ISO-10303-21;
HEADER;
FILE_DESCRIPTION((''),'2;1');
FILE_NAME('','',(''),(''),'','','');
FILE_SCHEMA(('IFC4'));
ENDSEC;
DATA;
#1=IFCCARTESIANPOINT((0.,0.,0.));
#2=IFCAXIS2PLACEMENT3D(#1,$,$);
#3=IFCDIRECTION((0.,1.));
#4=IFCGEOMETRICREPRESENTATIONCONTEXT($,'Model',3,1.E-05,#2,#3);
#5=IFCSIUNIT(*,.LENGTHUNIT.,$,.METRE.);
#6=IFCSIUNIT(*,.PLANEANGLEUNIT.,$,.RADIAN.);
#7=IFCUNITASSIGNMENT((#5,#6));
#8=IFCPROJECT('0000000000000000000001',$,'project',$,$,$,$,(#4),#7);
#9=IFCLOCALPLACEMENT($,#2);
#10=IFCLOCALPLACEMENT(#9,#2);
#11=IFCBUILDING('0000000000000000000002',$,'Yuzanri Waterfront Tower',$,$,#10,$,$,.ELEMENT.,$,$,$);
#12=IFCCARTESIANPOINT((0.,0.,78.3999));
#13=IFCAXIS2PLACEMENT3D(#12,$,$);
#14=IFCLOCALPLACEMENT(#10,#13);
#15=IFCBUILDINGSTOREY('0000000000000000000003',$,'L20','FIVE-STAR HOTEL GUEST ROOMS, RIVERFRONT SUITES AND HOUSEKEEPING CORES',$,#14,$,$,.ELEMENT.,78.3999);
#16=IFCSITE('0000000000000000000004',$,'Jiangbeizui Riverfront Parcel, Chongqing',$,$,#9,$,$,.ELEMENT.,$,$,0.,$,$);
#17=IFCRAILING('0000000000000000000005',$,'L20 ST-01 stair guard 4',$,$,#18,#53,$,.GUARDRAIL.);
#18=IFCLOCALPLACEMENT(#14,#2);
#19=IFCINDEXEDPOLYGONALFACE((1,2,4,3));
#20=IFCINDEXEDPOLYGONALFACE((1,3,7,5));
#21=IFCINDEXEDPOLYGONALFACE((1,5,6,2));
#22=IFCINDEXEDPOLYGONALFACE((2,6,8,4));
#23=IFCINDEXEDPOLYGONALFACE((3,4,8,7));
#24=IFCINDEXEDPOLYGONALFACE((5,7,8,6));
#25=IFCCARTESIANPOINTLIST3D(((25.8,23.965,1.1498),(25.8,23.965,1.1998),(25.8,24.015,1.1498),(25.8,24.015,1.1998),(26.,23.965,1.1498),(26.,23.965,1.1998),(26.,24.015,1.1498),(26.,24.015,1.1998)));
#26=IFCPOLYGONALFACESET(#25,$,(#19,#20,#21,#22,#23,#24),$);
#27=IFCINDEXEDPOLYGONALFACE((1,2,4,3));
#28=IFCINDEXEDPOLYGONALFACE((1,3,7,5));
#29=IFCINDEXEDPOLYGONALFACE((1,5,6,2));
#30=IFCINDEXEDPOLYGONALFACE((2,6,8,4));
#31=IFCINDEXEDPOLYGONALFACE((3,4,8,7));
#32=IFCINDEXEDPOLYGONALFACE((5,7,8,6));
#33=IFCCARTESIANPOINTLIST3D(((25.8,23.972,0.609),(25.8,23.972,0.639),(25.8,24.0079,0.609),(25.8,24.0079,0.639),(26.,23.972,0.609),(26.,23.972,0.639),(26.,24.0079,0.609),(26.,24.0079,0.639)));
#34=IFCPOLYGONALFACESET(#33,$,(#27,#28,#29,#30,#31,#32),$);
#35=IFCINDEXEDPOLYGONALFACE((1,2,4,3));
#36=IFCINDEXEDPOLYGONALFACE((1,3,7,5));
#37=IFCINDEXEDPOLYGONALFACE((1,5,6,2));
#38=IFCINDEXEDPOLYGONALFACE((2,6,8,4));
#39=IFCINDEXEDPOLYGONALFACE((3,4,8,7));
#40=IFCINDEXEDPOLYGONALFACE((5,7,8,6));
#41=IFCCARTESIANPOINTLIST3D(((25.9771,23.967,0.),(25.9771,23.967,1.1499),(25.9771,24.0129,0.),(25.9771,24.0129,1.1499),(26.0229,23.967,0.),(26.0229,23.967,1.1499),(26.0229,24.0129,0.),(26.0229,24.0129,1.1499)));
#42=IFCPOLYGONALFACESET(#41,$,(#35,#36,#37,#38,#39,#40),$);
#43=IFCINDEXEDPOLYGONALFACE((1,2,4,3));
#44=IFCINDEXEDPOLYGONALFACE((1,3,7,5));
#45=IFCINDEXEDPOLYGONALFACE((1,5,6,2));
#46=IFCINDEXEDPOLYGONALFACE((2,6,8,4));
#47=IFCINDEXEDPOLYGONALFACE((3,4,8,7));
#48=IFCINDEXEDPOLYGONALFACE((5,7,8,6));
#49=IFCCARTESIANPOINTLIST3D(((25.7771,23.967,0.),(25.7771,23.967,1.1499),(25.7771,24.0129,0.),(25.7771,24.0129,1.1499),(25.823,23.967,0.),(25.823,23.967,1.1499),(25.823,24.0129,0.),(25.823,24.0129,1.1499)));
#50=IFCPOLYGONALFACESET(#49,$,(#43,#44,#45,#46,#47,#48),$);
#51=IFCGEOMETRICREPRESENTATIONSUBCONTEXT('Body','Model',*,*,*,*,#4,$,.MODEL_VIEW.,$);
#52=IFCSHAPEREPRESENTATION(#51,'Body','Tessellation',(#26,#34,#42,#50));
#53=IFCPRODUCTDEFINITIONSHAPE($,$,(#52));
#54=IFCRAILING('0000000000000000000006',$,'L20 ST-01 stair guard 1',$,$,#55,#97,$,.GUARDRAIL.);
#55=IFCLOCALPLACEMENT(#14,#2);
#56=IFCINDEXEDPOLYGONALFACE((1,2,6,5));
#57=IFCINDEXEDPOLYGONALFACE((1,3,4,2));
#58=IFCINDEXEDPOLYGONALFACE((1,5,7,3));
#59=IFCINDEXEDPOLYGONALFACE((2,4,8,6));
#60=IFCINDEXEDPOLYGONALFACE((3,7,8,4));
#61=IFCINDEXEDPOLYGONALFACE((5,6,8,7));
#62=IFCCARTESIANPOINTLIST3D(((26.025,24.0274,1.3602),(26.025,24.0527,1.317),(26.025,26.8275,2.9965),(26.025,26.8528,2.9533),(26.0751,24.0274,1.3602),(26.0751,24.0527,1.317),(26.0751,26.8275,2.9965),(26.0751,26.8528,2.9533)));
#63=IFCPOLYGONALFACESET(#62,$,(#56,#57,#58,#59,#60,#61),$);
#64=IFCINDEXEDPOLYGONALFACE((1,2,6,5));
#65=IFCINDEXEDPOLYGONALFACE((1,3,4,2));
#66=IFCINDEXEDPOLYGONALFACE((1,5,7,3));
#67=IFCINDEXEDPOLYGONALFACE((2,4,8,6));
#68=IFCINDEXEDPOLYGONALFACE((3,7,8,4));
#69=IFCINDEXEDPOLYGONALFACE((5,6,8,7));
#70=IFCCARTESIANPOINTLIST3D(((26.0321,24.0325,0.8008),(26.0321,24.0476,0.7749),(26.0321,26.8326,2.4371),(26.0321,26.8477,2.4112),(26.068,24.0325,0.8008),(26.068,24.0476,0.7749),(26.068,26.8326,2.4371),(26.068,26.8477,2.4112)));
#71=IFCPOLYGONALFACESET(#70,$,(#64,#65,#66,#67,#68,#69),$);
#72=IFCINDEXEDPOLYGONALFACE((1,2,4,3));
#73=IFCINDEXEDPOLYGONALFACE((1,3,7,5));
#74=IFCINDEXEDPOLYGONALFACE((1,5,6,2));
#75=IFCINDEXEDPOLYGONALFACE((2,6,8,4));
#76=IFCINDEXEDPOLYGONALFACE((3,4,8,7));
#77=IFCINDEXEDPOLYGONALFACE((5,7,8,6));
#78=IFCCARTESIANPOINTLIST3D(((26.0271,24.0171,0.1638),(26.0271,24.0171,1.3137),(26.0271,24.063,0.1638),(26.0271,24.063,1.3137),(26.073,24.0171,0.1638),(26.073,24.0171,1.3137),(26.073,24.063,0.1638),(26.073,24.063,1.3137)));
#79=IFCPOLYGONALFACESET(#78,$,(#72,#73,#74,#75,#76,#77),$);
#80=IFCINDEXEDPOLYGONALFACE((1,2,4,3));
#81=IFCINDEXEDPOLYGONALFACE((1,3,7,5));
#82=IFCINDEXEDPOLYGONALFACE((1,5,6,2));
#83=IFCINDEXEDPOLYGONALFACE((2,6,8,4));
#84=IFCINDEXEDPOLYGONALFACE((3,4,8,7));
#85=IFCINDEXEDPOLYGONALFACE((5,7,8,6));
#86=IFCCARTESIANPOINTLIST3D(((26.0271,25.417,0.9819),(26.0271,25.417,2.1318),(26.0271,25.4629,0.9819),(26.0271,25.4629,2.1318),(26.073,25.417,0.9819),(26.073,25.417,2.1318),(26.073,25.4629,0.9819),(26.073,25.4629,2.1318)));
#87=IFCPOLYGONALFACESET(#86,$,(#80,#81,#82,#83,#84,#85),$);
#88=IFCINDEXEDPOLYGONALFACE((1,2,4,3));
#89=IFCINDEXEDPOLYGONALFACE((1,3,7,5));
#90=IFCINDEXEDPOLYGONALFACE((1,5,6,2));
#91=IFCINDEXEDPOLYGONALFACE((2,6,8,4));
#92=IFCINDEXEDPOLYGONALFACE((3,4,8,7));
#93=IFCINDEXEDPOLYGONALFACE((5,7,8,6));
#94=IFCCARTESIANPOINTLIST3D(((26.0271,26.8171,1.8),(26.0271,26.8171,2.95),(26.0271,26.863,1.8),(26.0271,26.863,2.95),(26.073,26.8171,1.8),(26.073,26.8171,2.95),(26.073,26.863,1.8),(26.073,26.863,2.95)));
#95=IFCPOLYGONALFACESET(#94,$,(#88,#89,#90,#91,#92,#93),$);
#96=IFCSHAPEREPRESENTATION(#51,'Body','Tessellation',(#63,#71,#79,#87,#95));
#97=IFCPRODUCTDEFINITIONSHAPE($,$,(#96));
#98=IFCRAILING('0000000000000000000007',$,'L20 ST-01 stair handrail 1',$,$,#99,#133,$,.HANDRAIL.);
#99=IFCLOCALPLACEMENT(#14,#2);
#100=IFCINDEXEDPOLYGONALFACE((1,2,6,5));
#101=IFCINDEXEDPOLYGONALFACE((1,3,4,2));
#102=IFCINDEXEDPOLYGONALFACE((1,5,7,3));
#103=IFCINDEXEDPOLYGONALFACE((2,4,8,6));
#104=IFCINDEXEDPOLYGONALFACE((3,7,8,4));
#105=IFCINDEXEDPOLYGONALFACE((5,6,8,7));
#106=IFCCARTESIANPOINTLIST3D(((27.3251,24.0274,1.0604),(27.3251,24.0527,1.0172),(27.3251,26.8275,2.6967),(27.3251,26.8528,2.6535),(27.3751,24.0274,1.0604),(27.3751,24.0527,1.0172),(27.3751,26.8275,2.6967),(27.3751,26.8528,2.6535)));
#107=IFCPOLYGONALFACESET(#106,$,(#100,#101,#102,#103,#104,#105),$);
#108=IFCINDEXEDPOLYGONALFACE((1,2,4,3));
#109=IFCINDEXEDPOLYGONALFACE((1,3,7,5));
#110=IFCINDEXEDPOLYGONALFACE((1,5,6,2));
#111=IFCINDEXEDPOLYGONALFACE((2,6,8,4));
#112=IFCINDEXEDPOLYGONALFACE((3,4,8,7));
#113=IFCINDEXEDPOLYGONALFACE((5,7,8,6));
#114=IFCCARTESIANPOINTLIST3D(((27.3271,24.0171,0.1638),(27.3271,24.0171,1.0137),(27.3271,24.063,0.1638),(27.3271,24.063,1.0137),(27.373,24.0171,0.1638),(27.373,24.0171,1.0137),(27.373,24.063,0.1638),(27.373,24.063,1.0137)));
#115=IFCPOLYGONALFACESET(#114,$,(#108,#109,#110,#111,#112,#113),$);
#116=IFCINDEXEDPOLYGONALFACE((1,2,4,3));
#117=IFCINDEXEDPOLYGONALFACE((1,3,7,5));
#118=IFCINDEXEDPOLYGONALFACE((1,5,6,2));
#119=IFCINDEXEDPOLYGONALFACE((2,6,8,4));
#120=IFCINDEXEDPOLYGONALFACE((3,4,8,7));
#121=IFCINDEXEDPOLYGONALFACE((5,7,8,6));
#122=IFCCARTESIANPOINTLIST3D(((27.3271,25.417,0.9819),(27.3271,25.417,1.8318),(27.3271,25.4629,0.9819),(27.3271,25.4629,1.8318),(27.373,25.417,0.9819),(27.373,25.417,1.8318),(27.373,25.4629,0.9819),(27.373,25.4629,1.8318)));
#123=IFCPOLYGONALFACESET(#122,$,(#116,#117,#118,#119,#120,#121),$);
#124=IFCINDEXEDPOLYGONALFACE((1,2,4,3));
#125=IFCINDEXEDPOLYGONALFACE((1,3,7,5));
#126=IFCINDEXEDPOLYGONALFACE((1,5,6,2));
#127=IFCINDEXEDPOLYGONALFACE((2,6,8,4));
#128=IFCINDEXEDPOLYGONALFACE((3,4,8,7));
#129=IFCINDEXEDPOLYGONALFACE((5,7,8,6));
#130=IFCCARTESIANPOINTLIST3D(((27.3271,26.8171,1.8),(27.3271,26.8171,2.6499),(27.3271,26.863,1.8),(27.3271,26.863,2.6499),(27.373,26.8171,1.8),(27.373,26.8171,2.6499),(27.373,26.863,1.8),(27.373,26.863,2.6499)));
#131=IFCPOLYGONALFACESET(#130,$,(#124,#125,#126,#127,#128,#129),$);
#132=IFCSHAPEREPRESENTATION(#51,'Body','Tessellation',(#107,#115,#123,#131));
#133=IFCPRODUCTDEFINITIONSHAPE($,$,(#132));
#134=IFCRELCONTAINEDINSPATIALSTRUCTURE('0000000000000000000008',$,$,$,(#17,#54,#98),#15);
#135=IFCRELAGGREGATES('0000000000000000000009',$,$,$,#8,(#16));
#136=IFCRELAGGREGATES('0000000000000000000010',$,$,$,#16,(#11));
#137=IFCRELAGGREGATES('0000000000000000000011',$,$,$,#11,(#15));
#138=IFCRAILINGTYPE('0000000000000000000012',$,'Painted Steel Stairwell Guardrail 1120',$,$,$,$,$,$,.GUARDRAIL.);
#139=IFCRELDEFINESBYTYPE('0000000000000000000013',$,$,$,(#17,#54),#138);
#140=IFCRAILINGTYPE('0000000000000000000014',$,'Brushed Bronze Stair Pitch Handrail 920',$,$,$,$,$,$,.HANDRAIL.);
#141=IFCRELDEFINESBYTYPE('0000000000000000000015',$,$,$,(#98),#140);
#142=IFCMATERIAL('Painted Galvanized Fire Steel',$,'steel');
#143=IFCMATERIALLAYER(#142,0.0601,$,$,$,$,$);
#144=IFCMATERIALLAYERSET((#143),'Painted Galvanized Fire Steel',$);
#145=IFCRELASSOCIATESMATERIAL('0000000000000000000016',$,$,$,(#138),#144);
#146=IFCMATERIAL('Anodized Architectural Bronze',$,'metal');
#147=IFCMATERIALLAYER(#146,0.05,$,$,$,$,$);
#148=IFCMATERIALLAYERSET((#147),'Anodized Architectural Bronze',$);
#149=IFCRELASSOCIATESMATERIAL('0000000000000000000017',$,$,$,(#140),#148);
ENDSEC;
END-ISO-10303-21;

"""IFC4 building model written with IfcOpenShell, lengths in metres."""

from ifc_helpers import new_model, si_unit, direction, frame, origin, origin_2d, place, context, subcontext, project, spatial, rectangle, extrude, source, transform, mapped, material, layer, layer_set, type_object, element, save


model = new_model("IFC4")

# Units and contexts
model_context = context("Model", 3, precision=1e-05, world=origin(), true_north=direction((0.0, 1.0)))
body_context = subcontext(model_context, "Body", "Model", "MODEL_VIEW")
ifc_project = project(units=[si_unit("LENGTHUNIT", "METRE"), si_unit("PLANEANGLEUNIT", "RADIAN")], contexts=[model_context])

# Site, building, storey
site_placement = place(None, origin())
site = spatial("IfcSite", under=ifc_project, at=site_placement, Name="Jiangbeizui Riverfront Parcel, Chongqing", CompositionType="ELEMENT", RefElevation=0.0)
building_placement = place(site_placement, origin())
building = spatial("IfcBuilding", under=site, at=building_placement, Name="Yuzanri Waterfront Tower", CompositionType="ELEMENT")
storey_placement = place(building_placement, frame((0.0, 0.0, 78.3999)))
storey = spatial("IfcBuildingStorey", under=building, at=storey_placement, Name="L20", Description="FIVE-STAR HOTEL GUEST ROOMS, RIVERFRONT SUITES AND HOUSEKEEPING CORES", CompositionType="ELEMENT", Elevation=78.3999)

# Railings
ifc_material_1 = material(Name="Painted Galvanized Fire Steel", Category="steel")
ifc_layer_1 = layer(ifc_material_1, 0.0601)
ifc_layer_set_1 = layer_set([ifc_layer_1], Name="Painted Galvanized Fire Steel")
railing_type_1 = type_object("IfcRailingType", Name="Painted Steel Stairwell Guardrail 1120", PredefinedType="GUARDRAIL", material=ifc_layer_set_1)
shared_shape_1 = source(origin(), body_context, "Body", "SweptSolid", [
    extrude(rectangle(XDim=0.05, YDim=0.05, at=origin_2d()), frame((0.0, 0.0, 1.1748), z_axis=(-1.0, 0.0, 0.0), x_axis=(0.0, -1.0, 0.0)), (0.0, 0.0, 1.0), 0.2),
    extrude(rectangle(XDim=0.0359, YDim=0.03, at=origin_2d()), frame((0.0, 0.0, 0.624), z_axis=(-1.0, 0.0, 0.0), x_axis=(0.0, -1.0, 0.0)), (0.0, 0.0, 1.0), 0.2),
    extrude(rectangle(XDim=0.0459, YDim=0.0459, at=origin_2d()), origin(), (0.0, 0.0, 1.0), 1.1499),
    extrude(rectangle(XDim=0.0459, YDim=0.0459, at=origin_2d()), frame((-0.2, 0.0, 0.0)), (0.0, 0.0, 1.0), 1.1499),
])
railing_1_placement = place(storey_placement, frame((26.0, 23.99, 0.0)))
element("IfcRailing", 1, at=railing_1_placement, inside=storey, type_object=railing_type_1, Name="L20 ST-01 stair guard 4", PredefinedType="GUARDRAIL", context=body_context, shape_type="MappedRepresentation", body=[
    mapped(shared_shape_1, transform((0.0, 0.0, 0.0), scale=1.0)),
])
shared_shape_2 = source(origin(), body_context, "Body", "SweptSolid", [
    extrude(rectangle(XDim=0.05, YDim=0.05, at=origin_2d()), frame((0.0, 0.0, 1.1748), z_axis=(0.0, 0.863394, 0.504531), x_axis=(-1.0, 0.0, 0.0)), (0.0, 0.0, 1.0), 3.2432),
    extrude(rectangle(XDim=0.0359, YDim=0.03, at=origin_2d()), frame((0.0, 0.0, 0.624), z_axis=(0.0, 0.863394, 0.504531), x_axis=(-1.0, 0.0, 0.0)), (0.0, 0.0, 1.0), 3.2432),
    extrude(rectangle(XDim=0.0459, YDim=0.0459, at=origin_2d()), origin(), (0.0, 0.0, 1.0), 1.1499),
    extrude(rectangle(XDim=0.0459, YDim=0.0459, at=origin_2d()), frame((0.0, 1.3999, 0.8181)), (0.0, 0.0, 1.0), 1.1499),
    extrude(rectangle(XDim=0.0459, YDim=0.0459, at=origin_2d()), frame((0.0, 2.8, 1.6362)), (0.0, 0.0, 1.0), 1.1499),
])
railing_2_placement = place(storey_placement, frame((26.05, 24.04, 0.1638)))
element("IfcRailing", 2, at=railing_2_placement, inside=storey, type_object=railing_type_1, Name="L20 ST-01 stair guard 1", PredefinedType="GUARDRAIL", context=body_context, shape_type="MappedRepresentation", body=[
    mapped(shared_shape_2, transform((0.0, 0.0, 0.0), scale=1.0)),
])
ifc_material_2 = material(Name="Anodized Architectural Bronze", Category="metal")
ifc_layer_2 = layer(ifc_material_2, 0.05)
ifc_layer_set_2 = layer_set([ifc_layer_2], Name="Anodized Architectural Bronze")
railing_type_2 = type_object("IfcRailingType", Name="Brushed Bronze Stair Pitch Handrail 920", PredefinedType="HANDRAIL", material=ifc_layer_set_2)
shared_shape_3 = source(origin(), body_context, "Body", "SweptSolid", [
    extrude(rectangle(XDim=0.05, YDim=0.05, at=origin_2d()), frame((0.0, 0.0, 0.875), z_axis=(0.0, 0.863394, 0.504531), x_axis=(-1.0, 0.0, 0.0)), (0.0, 0.0, 1.0), 3.2432),
    extrude(rectangle(XDim=0.0459, YDim=0.0459, at=origin_2d()), origin(), (0.0, 0.0, 1.0), 0.8499),
    extrude(rectangle(XDim=0.0459, YDim=0.0459, at=origin_2d()), frame((0.0, 1.3999, 0.8181)), (0.0, 0.0, 1.0), 0.8499),
    extrude(rectangle(XDim=0.0459, YDim=0.0459, at=origin_2d()), frame((0.0, 2.8, 1.6362)), (0.0, 0.0, 1.0), 0.8499),
])
railing_3_placement = place(storey_placement, frame((27.3501, 24.04, 0.1638)))
element("IfcRailing", 3, at=railing_3_placement, inside=storey, type_object=railing_type_2, Name="L20 ST-01 stair handrail 1", PredefinedType="HANDRAIL", context=body_context, shape_type="MappedRepresentation", body=[
    mapped(shared_shape_3, transform((0.0, 0.0, 0.0), scale=1.0)),
])

save(model, "model.ifc")
